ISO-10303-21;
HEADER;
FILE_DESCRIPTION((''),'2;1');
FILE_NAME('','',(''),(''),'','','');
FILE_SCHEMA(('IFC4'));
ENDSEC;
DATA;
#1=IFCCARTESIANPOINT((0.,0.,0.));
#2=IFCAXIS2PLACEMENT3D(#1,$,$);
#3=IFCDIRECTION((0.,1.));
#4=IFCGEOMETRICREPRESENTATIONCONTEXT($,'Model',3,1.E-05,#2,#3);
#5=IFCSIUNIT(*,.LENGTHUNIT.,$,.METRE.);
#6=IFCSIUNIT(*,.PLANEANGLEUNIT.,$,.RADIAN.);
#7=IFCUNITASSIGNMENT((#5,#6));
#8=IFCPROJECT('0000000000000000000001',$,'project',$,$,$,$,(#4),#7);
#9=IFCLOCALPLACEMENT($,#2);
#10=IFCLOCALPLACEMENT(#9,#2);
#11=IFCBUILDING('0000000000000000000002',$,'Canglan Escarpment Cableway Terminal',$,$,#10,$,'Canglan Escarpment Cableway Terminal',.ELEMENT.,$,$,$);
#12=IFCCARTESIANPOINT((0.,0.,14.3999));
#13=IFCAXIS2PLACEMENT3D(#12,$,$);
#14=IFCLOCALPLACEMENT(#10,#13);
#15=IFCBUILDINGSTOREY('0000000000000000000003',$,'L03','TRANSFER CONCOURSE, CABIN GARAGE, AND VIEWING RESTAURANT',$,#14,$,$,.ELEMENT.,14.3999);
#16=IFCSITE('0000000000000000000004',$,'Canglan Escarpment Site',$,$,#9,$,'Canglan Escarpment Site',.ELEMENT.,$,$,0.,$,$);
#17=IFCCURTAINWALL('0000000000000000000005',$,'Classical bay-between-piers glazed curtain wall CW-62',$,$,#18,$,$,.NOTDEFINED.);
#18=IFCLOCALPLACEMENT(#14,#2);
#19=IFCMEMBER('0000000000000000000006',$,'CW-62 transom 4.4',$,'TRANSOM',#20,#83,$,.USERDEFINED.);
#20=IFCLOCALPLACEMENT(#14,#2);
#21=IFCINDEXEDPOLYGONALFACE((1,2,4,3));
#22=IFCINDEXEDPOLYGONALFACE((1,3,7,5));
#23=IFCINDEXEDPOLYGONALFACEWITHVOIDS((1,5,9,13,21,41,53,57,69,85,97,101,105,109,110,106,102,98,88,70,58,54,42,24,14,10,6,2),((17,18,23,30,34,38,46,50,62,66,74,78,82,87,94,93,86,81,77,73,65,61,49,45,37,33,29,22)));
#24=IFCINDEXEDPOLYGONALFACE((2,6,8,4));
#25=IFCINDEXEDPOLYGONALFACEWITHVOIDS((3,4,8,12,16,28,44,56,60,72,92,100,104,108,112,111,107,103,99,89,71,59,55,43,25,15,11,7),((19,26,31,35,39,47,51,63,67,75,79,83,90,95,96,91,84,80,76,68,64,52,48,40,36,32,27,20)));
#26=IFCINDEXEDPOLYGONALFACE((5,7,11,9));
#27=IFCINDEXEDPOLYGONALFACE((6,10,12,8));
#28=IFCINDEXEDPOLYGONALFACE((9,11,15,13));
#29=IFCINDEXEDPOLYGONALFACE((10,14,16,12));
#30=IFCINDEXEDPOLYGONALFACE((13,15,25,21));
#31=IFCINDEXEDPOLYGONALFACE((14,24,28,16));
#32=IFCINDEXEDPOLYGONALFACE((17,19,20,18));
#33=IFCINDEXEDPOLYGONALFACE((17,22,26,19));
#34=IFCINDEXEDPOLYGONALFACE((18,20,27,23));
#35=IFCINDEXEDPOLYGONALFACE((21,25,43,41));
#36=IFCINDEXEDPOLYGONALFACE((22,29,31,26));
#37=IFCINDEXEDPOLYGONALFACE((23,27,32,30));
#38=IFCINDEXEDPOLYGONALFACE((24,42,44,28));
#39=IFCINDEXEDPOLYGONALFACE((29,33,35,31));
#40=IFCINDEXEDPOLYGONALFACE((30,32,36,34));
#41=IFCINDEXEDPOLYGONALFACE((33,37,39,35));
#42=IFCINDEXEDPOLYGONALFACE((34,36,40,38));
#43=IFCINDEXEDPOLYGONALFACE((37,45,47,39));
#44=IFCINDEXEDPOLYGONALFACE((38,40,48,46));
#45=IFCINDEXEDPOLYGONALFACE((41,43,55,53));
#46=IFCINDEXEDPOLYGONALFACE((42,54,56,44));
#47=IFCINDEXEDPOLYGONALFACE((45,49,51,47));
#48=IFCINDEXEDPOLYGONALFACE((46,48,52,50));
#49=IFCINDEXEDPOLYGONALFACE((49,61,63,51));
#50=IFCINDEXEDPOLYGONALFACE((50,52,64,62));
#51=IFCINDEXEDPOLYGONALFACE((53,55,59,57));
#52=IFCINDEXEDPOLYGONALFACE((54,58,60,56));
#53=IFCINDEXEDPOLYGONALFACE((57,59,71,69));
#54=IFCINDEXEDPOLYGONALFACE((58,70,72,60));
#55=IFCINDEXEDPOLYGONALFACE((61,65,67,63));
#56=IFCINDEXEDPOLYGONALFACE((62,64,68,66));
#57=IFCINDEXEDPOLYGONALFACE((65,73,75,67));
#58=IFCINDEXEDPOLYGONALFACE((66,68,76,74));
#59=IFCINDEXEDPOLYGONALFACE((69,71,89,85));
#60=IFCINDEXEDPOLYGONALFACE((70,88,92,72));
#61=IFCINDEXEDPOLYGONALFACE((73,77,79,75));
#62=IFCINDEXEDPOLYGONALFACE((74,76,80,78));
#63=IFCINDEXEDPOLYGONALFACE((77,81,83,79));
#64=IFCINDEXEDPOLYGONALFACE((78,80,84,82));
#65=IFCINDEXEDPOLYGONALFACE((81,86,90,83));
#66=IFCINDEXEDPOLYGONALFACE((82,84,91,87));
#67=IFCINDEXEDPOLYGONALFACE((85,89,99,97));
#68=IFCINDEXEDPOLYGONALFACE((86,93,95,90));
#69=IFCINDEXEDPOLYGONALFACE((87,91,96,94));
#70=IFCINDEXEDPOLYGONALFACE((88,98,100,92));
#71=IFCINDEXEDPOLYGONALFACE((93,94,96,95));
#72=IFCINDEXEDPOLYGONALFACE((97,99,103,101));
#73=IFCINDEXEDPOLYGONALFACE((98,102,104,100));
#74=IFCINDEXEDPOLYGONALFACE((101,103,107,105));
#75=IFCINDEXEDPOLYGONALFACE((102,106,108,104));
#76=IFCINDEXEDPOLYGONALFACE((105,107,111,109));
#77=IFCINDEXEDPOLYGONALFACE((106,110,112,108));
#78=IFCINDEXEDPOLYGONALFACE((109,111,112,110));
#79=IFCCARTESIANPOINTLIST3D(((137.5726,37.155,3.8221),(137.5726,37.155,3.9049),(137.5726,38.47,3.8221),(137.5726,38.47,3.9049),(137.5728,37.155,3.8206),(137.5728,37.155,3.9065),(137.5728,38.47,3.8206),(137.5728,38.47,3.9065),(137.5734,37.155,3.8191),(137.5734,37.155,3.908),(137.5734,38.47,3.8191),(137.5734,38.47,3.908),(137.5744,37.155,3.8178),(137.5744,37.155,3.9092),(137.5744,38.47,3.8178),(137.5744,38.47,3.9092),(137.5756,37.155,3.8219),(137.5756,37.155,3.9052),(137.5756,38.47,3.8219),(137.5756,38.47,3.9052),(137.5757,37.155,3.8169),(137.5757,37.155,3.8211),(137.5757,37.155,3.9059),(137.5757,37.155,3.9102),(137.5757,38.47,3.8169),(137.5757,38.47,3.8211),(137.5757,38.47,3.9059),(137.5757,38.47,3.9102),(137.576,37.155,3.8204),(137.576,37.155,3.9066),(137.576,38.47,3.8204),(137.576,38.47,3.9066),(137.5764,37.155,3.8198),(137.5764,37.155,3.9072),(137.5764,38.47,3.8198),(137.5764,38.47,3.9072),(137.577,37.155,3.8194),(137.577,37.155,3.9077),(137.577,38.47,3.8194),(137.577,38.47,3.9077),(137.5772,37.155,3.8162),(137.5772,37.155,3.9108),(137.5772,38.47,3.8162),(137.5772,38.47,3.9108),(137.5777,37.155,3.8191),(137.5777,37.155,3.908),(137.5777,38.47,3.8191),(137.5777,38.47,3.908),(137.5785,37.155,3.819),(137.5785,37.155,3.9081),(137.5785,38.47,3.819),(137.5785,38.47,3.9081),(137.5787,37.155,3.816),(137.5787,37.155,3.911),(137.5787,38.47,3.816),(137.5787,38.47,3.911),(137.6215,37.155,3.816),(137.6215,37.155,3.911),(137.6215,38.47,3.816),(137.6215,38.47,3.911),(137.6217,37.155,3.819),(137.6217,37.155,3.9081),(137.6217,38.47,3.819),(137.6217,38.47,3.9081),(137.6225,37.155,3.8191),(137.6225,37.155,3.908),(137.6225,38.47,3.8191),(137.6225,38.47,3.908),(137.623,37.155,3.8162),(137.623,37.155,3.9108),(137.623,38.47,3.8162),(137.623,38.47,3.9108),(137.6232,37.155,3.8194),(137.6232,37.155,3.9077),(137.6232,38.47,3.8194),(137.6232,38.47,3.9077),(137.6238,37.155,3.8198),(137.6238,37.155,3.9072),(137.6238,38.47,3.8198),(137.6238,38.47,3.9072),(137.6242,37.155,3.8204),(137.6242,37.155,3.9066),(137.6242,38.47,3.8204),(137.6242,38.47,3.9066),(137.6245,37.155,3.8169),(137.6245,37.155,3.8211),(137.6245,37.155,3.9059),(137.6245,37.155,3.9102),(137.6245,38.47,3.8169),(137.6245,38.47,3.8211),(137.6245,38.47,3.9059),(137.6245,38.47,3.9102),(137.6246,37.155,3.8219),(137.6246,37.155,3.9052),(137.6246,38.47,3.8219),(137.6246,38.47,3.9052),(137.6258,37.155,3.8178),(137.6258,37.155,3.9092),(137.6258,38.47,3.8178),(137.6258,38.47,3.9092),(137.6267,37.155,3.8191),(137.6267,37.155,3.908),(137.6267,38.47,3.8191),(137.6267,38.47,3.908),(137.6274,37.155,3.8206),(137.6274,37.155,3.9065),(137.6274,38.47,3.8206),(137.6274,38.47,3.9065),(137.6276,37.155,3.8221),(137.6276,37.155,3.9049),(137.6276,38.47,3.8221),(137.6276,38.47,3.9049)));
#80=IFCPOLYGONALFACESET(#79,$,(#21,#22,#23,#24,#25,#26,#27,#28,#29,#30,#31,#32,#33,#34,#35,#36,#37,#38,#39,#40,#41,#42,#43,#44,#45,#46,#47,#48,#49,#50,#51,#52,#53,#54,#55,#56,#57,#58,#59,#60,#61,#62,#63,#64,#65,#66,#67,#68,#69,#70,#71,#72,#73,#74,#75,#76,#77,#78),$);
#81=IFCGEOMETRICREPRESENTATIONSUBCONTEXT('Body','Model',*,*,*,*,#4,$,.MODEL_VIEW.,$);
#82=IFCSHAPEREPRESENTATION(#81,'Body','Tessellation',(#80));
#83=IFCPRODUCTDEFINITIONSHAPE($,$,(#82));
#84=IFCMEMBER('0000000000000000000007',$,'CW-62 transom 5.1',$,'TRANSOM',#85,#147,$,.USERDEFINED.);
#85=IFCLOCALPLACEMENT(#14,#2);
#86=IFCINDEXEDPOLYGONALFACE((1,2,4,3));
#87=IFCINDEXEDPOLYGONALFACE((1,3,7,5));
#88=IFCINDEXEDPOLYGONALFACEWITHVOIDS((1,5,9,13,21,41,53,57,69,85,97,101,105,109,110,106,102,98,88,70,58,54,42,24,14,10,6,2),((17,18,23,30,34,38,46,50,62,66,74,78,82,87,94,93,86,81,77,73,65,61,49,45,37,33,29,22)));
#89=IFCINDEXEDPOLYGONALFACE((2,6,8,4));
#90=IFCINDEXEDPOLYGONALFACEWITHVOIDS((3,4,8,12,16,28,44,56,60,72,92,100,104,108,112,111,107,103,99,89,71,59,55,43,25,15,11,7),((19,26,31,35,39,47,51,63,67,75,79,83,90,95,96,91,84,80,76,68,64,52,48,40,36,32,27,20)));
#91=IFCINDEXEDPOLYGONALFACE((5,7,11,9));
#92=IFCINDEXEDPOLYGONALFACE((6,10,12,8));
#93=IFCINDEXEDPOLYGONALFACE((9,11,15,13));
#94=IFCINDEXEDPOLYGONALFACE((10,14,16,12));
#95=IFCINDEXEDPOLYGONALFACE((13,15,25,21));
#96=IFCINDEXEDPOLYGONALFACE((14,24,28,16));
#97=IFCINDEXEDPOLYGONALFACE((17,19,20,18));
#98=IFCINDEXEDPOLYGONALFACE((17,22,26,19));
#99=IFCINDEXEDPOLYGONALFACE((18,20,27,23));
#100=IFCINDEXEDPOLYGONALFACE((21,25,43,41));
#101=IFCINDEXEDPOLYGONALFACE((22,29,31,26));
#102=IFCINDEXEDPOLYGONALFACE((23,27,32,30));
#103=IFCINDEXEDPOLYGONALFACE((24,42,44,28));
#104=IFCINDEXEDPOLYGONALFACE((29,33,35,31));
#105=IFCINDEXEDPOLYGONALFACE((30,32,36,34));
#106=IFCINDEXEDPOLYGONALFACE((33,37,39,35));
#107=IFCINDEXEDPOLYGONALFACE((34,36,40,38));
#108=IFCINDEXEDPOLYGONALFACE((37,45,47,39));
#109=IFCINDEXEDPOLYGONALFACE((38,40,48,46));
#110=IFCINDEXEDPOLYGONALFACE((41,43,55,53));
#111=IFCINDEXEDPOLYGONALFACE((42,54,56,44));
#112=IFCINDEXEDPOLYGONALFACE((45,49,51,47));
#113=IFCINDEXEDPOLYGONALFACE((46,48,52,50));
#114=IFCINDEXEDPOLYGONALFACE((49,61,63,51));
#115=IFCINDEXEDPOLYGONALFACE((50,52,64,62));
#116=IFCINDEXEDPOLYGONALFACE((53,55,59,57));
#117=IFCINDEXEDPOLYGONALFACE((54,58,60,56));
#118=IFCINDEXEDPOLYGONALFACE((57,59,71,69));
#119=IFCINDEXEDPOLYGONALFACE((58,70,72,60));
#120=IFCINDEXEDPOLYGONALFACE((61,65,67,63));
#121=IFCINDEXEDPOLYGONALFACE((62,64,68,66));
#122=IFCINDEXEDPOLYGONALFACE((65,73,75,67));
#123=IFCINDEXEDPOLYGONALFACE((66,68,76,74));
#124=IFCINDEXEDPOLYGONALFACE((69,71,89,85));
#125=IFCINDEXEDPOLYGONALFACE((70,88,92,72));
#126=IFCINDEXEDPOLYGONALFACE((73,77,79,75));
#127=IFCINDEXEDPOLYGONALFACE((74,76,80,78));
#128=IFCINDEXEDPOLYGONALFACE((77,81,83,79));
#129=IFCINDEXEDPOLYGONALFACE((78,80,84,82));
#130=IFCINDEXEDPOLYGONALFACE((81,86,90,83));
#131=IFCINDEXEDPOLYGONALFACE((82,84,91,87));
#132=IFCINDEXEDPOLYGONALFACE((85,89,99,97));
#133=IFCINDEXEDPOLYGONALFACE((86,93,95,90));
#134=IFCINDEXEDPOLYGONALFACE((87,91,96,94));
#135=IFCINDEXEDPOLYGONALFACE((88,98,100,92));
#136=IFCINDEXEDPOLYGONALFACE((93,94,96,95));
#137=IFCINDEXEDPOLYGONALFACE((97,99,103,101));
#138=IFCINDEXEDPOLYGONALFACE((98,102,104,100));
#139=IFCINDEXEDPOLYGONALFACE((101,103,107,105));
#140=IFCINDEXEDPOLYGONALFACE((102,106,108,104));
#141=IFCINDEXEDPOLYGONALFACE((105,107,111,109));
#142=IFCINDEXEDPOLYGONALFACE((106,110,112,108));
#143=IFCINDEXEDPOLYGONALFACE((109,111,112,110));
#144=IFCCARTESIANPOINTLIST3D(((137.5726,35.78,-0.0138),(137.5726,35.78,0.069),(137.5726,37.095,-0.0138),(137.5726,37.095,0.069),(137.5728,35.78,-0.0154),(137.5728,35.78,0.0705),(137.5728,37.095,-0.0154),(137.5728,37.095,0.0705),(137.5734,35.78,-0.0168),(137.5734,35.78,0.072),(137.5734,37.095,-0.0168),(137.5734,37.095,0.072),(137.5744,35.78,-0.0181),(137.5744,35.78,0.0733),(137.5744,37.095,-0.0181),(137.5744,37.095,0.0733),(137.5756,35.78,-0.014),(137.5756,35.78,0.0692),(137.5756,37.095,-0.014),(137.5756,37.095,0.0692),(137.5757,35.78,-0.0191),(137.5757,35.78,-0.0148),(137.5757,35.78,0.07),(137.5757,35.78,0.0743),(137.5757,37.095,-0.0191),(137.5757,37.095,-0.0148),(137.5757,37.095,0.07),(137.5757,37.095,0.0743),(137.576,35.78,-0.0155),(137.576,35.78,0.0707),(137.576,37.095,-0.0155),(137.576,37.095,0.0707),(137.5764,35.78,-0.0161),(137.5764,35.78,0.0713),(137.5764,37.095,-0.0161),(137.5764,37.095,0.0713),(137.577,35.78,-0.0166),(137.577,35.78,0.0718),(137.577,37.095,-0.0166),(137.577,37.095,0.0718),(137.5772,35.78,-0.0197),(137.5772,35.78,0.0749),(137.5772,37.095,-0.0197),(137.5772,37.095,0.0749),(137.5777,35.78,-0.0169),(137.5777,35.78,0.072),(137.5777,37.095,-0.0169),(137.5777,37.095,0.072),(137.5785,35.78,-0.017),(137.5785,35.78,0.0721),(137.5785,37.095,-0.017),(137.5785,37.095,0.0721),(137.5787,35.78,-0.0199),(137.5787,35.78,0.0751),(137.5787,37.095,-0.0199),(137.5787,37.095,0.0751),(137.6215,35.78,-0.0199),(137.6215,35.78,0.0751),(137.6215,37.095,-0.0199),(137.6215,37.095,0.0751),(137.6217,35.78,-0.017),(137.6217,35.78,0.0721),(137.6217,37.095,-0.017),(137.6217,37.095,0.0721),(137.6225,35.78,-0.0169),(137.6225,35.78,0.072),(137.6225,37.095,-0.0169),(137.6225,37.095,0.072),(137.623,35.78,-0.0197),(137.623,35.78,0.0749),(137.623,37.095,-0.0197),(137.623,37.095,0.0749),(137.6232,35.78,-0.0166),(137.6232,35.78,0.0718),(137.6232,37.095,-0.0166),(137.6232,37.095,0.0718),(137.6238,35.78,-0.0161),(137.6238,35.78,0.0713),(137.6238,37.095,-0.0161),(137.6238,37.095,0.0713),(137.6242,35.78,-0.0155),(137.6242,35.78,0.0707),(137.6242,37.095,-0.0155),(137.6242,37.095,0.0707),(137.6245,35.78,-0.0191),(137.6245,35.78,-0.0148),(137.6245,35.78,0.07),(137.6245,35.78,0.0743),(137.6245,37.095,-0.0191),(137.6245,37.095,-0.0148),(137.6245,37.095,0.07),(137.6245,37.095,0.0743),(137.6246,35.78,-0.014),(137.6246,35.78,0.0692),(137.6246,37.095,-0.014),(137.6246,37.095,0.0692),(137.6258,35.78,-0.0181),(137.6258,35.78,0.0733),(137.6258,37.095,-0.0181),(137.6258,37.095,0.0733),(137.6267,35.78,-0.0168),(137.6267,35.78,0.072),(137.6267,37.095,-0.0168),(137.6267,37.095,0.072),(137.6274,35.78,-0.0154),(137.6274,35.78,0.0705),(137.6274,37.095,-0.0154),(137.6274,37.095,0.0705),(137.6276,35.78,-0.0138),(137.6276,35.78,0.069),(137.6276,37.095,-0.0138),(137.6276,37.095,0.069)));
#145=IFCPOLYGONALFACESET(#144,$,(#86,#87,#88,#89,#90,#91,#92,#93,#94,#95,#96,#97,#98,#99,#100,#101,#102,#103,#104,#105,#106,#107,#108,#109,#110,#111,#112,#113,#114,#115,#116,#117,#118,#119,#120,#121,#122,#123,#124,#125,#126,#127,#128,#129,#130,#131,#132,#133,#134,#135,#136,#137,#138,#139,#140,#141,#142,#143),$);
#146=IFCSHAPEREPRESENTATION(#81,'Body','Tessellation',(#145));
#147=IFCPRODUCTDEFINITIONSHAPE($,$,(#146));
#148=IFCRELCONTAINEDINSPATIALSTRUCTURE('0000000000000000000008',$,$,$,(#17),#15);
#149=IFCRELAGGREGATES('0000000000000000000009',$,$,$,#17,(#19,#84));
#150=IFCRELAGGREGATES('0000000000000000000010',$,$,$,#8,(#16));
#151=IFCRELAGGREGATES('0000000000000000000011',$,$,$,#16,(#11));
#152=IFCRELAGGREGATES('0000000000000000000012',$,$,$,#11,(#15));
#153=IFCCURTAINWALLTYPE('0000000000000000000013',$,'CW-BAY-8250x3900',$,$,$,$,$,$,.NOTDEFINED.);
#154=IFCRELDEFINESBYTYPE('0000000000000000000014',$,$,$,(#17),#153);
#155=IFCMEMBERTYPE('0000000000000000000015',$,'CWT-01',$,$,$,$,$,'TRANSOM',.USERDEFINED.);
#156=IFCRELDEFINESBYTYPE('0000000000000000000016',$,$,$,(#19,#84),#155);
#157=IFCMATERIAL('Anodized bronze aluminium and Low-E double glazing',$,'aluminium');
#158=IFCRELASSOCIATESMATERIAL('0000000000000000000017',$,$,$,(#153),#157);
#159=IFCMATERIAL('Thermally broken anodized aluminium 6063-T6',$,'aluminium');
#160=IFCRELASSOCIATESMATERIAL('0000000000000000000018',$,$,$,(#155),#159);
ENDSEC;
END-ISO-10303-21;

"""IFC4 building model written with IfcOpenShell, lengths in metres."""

from ifc_helpers import new_model, si_unit, direction, frame, origin, origin_2d, place, context, subcontext, project, spatial, hollow_rectangle, extrude, material, material_profile, profile_set, type_object, element, aggregate, save


model = new_model("IFC4")

# Units and contexts
model_context = context("Model", 3, precision=1e-05, world=origin(), true_north=direction((0.0, 1.0)))
body_context = subcontext(model_context, "Body", "Model", "MODEL_VIEW")
ifc_project = project(units=[si_unit("LENGTHUNIT", "METRE"), si_unit("PLANEANGLEUNIT", "RADIAN")], contexts=[model_context])

# Site, building, storey
site_placement = place(None, origin())
site = spatial("IfcSite", under=ifc_project, at=site_placement, Name="Canglan Escarpment Site", LongName="Canglan Escarpment Site", CompositionType="ELEMENT", RefElevation=0.0)
building_placement = place(site_placement, origin())
building = spatial("IfcBuilding", under=site, at=building_placement, Name="Canglan Escarpment Cableway Terminal", LongName="Canglan Escarpment Cableway Terminal", CompositionType="ELEMENT")
storey_placement = place(building_placement, frame((0.0, 0.0, 14.3999)))
storey = spatial("IfcBuildingStorey", under=building, at=storey_placement, Name="L03", Description="TRANSFER CONCOURSE, CABIN GARAGE, AND VIEWING RESTAURANT", CompositionType="ELEMENT", Elevation=14.3999)

# Curtain wall, members
ifc_material_1 = material(Name="Anodized bronze aluminium and Low-E double glazing", Category="aluminium")
curtain_wall_type = type_object("IfcCurtainWallType", Name="CW-BAY-8250x3900", PredefinedType="NOTDEFINED", material=ifc_material_1)
curtain_wall_placement = place(storey_placement, origin())
curtain_wall = element("IfcCurtainWall", 1, at=curtain_wall_placement, inside=storey, type_object=curtain_wall_type, Name="Classical bay-between-piers glazed curtain wall CW-62", PredefinedType="NOTDEFINED")
ifc_material_2 = material(Name="Thermally broken anodized aluminium 6063-T6", Category="aluminium")
ifc_material_profile_1 = material_profile(ifc_material_2, hollow_rectangle(XDim=0.0549, YDim=0.095, WallThickness=0.0029, InnerFilletRadius=0.0029, OuterFilletRadius=0.0061, at=origin_2d()), Name="ALU-TRAN 55x95x3")
ifc_profile_set_1 = profile_set([ifc_material_profile_1], Name="Thermally broken anodized aluminium 6063-T6")
member_type_1 = type_object("IfcMemberType", Name="CWT-01", ElementType="TRANSOM", PredefinedType="USERDEFINED", material=ifc_profile_set_1)
member_1_placement = place(storey_placement, frame((137.6001, 38.47, 3.8635), z_axis=(0.0, -1.0, 0.0), x_axis=(1.0, 0.0, 0.0)))
member_1 = element("IfcMember", 2, at=member_1_placement, type_object=member_type_1, Name="CW-62 transom 4.4", ObjectType="TRANSOM", PredefinedType="USERDEFINED", context=body_context, shape_type="SweptSolid", body=[
    extrude(hollow_rectangle(XDim=0.0549, YDim=0.095, WallThickness=0.0029, InnerFilletRadius=0.0029, OuterFilletRadius=0.0061, at=origin_2d()), origin(), (0.0, 0.0, 1.0), 1.3149),
])
member_2_placement = place(storey_placement, frame((137.6001, 37.095, 0.0276), z_axis=(0.0, -1.0, 0.0), x_axis=(1.0, 0.0, 0.0)))
member_2 = element("IfcMember", 3, at=member_2_placement, type_object=member_type_1, Name="CW-62 transom 5.1", ObjectType="TRANSOM", PredefinedType="USERDEFINED", context=body_context, shape_type="SweptSolid", body=[
    extrude(hollow_rectangle(XDim=0.0549, YDim=0.095, WallThickness=0.0029, InnerFilletRadius=0.0029, OuterFilletRadius=0.0061, at=origin_2d()), origin(), (0.0, 0.0, 1.0), 1.3149),
])
aggregate(curtain_wall, [member_1, member_2])

save(model, "model.ifc")
